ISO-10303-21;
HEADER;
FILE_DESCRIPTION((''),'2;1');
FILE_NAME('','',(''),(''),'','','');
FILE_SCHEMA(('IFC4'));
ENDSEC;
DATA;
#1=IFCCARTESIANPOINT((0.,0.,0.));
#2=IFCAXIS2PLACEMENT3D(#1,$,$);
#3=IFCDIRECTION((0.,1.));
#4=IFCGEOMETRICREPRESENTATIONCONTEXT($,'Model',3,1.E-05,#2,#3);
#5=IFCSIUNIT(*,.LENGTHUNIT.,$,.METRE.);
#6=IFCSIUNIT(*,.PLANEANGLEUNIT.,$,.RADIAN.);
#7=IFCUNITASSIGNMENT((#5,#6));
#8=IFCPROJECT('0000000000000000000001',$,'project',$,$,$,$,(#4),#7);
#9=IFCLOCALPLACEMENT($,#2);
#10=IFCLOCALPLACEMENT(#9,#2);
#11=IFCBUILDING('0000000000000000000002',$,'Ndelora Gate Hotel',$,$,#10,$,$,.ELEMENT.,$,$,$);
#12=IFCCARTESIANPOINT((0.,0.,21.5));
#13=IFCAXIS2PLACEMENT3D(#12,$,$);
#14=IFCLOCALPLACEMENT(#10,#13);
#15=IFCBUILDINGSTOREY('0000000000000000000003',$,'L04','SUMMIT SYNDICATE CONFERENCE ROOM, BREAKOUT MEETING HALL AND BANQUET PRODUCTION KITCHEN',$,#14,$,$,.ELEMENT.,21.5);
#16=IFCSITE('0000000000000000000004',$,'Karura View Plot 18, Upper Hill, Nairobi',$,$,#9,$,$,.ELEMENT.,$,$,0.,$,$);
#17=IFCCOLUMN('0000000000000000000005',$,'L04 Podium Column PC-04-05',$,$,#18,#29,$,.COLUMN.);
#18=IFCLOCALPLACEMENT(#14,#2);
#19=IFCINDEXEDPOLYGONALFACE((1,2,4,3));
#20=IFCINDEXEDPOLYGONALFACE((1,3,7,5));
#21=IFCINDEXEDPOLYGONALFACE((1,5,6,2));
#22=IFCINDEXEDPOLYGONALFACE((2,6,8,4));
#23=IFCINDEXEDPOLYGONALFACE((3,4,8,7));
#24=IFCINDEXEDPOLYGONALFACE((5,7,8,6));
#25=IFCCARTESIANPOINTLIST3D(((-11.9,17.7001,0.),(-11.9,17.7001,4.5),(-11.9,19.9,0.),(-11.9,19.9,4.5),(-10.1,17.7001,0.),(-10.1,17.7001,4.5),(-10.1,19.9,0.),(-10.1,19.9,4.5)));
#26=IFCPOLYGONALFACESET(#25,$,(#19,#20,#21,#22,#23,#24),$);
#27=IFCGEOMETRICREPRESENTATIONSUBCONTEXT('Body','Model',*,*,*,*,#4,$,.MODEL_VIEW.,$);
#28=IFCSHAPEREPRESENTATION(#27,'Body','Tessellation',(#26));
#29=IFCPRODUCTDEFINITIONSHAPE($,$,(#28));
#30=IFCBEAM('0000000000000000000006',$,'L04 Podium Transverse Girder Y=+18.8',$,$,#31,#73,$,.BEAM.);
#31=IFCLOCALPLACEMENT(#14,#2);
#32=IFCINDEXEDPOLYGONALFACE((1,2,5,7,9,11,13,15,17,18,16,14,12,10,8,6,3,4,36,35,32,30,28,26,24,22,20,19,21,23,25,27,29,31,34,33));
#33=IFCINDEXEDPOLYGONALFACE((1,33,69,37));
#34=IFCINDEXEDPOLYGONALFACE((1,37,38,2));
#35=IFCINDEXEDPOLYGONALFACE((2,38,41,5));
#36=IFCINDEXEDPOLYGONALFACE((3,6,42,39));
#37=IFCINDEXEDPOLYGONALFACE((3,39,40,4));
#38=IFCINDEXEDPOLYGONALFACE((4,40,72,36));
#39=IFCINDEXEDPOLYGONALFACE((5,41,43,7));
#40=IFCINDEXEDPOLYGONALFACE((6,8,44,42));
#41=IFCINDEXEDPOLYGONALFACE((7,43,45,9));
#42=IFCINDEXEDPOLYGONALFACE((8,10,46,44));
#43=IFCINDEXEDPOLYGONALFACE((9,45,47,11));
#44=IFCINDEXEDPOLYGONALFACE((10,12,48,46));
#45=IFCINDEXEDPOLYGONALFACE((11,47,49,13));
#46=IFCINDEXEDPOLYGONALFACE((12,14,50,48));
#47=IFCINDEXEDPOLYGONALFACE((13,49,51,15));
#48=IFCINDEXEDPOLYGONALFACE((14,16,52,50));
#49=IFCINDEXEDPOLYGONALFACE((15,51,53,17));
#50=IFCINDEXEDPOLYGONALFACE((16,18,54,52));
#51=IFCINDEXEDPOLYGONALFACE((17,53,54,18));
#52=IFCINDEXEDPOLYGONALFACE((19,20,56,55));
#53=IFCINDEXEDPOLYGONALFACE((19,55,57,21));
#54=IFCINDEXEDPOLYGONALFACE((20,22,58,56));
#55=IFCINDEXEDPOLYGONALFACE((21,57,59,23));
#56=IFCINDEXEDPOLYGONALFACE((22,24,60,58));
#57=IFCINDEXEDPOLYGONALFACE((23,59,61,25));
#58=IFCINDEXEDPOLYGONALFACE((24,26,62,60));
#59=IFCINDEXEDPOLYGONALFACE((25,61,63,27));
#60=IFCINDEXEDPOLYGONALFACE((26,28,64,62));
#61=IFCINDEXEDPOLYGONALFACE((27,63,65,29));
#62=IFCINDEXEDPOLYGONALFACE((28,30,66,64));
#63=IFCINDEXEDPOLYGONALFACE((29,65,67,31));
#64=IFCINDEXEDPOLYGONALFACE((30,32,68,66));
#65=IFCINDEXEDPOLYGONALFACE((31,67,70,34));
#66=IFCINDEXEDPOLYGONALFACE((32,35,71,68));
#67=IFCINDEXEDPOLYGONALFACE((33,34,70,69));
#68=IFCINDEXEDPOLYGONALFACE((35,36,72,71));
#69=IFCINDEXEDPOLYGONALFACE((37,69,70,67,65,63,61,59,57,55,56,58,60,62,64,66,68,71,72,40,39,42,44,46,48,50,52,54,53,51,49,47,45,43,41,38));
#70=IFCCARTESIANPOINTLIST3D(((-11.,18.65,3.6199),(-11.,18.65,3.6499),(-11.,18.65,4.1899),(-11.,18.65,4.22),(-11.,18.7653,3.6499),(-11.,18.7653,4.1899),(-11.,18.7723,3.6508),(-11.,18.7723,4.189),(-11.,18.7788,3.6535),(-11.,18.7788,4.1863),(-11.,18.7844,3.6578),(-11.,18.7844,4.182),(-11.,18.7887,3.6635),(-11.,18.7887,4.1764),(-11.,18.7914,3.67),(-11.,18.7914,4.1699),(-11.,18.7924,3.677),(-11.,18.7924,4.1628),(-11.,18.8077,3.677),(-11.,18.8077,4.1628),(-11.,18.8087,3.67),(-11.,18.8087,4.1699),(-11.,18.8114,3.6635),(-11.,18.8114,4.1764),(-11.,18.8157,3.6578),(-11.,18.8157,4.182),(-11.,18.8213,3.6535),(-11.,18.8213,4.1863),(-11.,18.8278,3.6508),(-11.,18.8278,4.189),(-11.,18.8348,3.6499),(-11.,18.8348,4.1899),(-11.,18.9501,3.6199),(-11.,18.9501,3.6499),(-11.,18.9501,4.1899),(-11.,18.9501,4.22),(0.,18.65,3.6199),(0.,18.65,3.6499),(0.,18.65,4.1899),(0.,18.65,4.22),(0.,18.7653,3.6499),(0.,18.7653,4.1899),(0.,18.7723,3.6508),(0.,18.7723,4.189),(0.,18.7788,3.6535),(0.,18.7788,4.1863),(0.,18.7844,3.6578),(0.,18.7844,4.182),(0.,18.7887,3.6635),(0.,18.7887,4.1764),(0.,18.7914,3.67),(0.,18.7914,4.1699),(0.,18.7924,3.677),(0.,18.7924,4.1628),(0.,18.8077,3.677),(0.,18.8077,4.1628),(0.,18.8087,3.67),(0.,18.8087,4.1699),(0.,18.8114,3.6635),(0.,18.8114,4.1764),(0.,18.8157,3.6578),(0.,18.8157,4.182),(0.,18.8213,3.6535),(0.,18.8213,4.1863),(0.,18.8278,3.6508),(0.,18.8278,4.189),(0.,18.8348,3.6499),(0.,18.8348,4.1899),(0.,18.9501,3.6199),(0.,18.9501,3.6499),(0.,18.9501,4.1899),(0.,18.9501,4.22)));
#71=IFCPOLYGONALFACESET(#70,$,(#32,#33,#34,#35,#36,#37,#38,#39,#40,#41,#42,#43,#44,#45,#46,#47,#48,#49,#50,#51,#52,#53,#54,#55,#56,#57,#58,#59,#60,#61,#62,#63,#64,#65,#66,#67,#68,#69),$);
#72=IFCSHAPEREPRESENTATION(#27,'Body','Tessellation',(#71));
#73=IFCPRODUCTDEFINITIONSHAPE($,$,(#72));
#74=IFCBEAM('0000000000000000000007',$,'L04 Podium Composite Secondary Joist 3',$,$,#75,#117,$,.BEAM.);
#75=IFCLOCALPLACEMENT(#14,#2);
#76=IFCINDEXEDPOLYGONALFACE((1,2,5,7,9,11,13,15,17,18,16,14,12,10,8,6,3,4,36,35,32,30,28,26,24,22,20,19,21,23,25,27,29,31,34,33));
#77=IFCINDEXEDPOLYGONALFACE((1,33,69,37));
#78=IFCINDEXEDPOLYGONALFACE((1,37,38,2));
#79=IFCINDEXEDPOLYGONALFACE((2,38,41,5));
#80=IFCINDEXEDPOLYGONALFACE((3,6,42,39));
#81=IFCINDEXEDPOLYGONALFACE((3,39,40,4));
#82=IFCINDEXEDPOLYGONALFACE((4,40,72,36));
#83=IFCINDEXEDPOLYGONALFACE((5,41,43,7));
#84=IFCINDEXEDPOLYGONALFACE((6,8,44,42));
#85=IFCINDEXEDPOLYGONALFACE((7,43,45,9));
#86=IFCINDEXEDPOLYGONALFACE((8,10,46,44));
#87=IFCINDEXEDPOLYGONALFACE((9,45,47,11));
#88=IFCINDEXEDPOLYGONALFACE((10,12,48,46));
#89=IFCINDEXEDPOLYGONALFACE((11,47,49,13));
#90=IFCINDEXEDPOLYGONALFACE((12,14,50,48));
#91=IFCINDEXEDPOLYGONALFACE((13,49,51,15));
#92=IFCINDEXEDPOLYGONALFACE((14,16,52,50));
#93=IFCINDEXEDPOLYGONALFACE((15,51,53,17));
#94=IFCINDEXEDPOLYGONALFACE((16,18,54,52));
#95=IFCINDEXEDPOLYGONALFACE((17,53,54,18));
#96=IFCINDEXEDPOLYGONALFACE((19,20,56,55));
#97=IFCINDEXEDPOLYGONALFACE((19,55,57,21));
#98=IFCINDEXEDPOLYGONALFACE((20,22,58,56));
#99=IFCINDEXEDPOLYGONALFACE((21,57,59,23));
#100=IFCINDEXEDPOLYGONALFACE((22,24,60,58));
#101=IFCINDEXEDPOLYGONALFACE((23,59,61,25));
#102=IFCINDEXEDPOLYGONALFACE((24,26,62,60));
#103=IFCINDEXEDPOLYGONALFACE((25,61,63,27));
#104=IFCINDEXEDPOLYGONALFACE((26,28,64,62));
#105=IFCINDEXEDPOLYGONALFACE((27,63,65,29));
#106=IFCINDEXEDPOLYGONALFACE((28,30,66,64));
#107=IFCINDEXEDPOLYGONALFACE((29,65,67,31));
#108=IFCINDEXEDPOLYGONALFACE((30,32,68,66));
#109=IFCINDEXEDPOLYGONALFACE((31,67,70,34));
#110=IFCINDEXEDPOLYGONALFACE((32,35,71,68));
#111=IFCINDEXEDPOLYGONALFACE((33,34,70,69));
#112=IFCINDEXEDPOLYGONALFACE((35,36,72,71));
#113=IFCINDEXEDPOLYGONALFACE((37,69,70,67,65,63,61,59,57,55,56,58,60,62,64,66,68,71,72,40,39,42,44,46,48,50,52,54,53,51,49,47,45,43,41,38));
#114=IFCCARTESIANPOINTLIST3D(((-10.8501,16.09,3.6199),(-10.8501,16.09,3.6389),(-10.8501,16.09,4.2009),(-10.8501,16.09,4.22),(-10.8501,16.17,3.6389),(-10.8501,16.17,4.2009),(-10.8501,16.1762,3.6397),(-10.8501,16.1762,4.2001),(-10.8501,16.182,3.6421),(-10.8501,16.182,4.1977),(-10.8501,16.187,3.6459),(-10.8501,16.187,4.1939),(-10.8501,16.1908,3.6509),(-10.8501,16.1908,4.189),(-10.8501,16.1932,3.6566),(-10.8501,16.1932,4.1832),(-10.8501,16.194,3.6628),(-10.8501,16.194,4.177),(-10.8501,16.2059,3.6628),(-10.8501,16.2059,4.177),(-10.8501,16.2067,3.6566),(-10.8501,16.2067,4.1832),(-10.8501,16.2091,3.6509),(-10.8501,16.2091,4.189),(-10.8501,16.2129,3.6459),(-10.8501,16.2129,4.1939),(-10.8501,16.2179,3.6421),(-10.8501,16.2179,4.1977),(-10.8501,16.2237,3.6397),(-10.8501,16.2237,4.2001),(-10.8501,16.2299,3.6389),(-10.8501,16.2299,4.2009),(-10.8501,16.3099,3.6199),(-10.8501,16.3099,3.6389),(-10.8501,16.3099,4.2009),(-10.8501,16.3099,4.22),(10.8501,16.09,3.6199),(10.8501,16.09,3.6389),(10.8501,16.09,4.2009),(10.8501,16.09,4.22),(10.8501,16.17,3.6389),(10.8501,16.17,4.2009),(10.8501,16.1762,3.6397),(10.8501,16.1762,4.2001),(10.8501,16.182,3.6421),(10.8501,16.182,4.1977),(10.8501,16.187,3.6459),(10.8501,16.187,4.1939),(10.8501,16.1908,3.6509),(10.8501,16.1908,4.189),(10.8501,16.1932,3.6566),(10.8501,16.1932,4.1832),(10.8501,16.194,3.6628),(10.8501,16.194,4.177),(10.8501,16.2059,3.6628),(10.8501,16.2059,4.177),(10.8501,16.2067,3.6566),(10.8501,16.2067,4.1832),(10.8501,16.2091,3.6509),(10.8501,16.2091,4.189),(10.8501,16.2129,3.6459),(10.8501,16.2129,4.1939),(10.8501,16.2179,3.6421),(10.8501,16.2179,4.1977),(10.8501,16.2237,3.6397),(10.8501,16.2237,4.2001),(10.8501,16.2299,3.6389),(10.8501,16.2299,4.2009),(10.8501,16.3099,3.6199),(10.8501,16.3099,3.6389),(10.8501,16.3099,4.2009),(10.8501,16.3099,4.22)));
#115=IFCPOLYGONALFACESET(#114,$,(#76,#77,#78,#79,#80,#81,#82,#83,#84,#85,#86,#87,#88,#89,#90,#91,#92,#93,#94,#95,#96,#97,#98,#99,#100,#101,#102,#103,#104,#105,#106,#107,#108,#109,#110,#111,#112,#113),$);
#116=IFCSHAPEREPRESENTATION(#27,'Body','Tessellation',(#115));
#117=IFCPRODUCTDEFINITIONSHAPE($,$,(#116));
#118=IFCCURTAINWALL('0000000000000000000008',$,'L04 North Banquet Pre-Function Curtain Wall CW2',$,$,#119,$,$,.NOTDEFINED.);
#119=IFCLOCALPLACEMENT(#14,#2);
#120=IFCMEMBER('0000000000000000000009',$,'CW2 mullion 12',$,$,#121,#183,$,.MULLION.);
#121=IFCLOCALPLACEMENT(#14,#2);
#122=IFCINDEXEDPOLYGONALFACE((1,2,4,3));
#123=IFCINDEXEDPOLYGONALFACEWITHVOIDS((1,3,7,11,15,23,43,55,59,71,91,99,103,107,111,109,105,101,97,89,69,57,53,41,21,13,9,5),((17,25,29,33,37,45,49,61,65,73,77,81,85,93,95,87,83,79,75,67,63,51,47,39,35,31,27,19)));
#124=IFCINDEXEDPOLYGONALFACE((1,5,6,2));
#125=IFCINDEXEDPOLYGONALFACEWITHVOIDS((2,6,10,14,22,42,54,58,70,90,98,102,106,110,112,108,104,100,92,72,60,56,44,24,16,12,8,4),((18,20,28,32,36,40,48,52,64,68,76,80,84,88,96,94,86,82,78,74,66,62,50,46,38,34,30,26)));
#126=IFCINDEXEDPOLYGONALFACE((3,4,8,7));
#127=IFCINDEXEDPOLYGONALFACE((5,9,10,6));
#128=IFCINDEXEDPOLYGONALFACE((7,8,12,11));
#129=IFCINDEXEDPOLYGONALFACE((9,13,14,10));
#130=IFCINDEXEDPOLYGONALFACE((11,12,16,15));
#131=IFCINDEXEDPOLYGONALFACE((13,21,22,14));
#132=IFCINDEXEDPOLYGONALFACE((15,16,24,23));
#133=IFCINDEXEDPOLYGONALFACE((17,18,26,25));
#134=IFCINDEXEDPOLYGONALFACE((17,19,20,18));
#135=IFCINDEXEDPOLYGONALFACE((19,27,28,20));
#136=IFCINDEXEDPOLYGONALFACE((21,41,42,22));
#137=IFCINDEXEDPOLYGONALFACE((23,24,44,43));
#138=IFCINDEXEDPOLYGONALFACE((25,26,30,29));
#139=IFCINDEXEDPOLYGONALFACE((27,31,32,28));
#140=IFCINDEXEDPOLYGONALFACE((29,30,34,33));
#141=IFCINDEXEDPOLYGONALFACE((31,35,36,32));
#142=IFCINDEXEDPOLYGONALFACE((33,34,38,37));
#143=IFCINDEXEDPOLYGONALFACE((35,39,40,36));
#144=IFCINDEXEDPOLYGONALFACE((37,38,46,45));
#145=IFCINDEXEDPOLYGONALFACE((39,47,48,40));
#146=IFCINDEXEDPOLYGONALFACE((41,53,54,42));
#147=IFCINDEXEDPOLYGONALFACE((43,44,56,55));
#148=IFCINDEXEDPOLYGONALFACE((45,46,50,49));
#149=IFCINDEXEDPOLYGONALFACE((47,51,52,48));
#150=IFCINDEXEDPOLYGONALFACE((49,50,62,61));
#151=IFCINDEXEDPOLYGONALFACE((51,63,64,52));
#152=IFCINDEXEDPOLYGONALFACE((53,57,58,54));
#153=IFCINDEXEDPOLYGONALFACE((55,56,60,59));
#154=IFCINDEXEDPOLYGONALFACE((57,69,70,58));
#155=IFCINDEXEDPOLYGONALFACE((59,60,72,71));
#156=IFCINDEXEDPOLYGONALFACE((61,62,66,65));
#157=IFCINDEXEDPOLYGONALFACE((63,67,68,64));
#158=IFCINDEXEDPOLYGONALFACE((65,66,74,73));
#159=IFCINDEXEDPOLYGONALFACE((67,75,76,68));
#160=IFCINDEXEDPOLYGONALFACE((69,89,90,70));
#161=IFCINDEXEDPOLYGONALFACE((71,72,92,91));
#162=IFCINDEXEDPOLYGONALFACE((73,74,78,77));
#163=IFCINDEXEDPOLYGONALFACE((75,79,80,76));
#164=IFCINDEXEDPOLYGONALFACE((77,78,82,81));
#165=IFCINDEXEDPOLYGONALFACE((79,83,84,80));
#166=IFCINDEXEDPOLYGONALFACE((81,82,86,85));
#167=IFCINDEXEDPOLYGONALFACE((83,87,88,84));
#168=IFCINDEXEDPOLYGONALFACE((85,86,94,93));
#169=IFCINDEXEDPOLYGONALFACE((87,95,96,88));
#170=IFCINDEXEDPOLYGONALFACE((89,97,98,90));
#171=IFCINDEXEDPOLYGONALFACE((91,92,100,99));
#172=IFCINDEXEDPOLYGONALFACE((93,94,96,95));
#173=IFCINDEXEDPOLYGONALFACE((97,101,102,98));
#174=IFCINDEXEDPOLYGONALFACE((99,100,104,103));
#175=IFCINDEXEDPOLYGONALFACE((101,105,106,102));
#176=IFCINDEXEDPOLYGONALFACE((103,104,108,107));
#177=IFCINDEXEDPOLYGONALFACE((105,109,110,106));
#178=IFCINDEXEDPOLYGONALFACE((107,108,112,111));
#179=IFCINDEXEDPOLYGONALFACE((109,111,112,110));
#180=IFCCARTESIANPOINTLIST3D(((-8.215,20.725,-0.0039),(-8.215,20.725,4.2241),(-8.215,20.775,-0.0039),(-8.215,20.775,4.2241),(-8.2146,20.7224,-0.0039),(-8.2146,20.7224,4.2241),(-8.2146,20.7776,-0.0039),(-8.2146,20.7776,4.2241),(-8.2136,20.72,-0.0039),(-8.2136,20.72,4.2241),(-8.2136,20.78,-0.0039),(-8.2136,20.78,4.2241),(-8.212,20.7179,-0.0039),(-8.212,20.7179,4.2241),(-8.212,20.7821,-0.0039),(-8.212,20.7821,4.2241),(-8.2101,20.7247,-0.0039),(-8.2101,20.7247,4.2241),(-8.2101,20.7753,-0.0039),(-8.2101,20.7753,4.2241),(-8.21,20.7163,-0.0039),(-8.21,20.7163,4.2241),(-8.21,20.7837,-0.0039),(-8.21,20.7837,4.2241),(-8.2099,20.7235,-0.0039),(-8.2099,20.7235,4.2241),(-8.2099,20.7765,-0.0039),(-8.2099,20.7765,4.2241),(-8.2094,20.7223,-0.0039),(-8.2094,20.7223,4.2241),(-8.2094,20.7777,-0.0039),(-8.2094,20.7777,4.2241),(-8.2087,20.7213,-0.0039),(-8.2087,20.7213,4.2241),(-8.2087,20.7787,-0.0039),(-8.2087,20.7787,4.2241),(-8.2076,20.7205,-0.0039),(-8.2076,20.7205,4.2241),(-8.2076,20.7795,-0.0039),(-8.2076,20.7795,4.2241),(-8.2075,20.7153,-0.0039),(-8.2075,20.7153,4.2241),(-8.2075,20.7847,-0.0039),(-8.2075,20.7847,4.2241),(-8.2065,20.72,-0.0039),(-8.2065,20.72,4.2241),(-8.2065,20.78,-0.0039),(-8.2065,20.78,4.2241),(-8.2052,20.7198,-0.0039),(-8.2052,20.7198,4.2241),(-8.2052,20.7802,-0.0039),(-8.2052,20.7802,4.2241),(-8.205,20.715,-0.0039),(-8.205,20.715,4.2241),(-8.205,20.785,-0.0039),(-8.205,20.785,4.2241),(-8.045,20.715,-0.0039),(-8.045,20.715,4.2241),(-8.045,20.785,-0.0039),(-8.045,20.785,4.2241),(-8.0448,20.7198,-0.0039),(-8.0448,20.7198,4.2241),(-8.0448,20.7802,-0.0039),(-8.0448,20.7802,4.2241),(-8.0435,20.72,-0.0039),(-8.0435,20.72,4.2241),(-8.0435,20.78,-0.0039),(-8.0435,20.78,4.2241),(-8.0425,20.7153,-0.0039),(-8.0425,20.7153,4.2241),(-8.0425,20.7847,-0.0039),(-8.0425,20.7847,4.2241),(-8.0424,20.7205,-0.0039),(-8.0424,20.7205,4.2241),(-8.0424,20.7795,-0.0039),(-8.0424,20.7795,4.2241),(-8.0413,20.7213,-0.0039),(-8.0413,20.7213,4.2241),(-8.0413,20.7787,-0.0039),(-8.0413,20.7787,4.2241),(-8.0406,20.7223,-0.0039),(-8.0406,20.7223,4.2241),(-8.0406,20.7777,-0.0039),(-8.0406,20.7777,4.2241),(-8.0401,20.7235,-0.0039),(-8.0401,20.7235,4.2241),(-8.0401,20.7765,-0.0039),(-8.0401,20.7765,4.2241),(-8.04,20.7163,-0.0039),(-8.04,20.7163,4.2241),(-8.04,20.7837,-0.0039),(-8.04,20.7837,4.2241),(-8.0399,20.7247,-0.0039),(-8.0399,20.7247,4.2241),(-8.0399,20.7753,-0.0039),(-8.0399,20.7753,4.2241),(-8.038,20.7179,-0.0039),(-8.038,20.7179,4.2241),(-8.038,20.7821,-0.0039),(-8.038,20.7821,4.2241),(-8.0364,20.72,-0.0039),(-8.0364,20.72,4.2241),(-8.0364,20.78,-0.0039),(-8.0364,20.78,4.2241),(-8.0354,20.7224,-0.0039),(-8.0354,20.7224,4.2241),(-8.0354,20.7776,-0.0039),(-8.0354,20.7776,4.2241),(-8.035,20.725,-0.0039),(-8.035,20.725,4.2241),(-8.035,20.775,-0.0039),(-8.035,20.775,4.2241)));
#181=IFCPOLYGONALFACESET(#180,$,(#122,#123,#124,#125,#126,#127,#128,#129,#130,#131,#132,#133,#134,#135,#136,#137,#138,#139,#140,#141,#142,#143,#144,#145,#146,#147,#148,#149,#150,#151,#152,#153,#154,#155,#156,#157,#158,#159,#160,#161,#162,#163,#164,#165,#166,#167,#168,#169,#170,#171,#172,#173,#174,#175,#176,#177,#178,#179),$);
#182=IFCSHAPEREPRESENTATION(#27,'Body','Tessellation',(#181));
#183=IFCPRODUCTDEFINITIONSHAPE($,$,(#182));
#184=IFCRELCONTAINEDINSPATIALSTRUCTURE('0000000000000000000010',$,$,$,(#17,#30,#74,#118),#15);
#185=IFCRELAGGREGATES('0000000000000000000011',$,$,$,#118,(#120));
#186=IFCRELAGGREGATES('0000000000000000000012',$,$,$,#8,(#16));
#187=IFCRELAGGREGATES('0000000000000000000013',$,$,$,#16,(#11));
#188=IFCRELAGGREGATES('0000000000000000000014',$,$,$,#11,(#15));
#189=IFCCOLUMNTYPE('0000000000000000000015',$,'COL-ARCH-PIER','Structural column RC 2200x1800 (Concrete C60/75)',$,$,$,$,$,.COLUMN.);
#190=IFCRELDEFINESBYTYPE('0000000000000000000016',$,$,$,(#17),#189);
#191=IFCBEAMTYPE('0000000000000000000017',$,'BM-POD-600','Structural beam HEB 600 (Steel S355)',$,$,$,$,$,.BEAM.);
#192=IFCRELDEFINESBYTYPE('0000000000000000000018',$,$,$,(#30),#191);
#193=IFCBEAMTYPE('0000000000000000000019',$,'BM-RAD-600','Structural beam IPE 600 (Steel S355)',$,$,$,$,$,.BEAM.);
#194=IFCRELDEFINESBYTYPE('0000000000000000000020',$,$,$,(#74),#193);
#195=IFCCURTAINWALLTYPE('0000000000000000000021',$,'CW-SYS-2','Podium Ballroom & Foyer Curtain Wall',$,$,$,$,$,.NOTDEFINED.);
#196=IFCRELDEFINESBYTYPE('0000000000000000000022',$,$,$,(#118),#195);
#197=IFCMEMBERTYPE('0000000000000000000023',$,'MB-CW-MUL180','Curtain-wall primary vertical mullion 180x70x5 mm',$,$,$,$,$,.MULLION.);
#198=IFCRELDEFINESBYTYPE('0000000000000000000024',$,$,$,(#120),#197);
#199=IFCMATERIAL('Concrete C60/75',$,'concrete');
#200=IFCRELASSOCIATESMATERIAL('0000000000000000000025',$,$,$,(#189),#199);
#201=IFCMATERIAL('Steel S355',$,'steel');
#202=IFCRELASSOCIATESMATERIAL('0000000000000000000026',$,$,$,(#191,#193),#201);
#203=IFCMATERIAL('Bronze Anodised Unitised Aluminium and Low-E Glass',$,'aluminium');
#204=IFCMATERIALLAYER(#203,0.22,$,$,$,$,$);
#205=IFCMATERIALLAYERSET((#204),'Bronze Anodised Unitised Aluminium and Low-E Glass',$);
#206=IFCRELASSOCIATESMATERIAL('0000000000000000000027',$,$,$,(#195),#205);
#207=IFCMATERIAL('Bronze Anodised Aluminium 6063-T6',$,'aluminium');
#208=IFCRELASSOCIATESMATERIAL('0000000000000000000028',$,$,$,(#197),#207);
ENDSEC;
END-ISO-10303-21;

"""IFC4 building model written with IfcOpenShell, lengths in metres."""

from ifc_helpers import new_model, si_unit, direction, frame, origin, origin_2d, place, context, subcontext, project, spatial, rectangle, hollow_rectangle, i_section, extrude, material, layer, layer_set, material_profile, profile_set, type_object, element, aggregate, save


model = new_model("IFC4")

# Units and contexts
model_context = context("Model", 3, precision=1e-05, world=origin(), true_north=direction((0.0, 1.0)))
body_context = subcontext(model_context, "Body", "Model", "MODEL_VIEW")
ifc_project = project(units=[si_unit("LENGTHUNIT", "METRE"), si_unit("PLANEANGLEUNIT", "RADIAN")], contexts=[model_context])

# Site, building, storey
site_placement = place(None, origin())
site = spatial("IfcSite", under=ifc_project, at=site_placement, Name="Karura View Plot 18, Upper Hill, Nairobi", CompositionType="ELEMENT", RefElevation=0.0)
building_placement = place(site_placement, origin())
building = spatial("IfcBuilding", under=site, at=building_placement, Name="Ndelora Gate Hotel", CompositionType="ELEMENT")
storey_placement = place(building_placement, frame((0.0, 0.0, 21.5)))
storey = spatial("IfcBuildingStorey", under=building, at=storey_placement, Name="L04", Description="SUMMIT SYNDICATE CONFERENCE ROOM, BREAKOUT MEETING HALL AND BANQUET PRODUCTION KITCHEN", CompositionType="ELEMENT", Elevation=21.5)

# Column
ifc_material_1 = material(Name="Concrete C60/75", Category="concrete")
ifc_material_profile_1 = material_profile(ifc_material_1, rectangle(XDim=1.8, YDim=2.2, at=origin_2d()), Name="RC 2200x1800")
ifc_profile_set_1 = profile_set([ifc_material_profile_1], Name="Concrete C60/75")
column_type = type_object("IfcColumnType", Name="COL-ARCH-PIER", Description="Structural column RC 2200x1800 (Concrete C60/75)", PredefinedType="COLUMN", material=ifc_profile_set_1)
column_placement = place(storey_placement, frame((-11.0, 18.8, 0.0), z_axis=(0.0, 0.0, 1.0), x_axis=(1.0, 0.0, 0.0)))
element("IfcColumn", 1, at=column_placement, inside=storey, type_object=column_type, Name="L04 Podium Column PC-04-05", PredefinedType="COLUMN", context=body_context, shape_type="SweptSolid", body=[
    extrude(rectangle(XDim=1.8, YDim=2.2, at=origin_2d()), origin(), (0.0, 0.0, 1.0), 4.5),
])

# Beams
ifc_material_2 = material(Name="Steel S355", Category="steel")
ifc_material_profile_2 = material_profile(ifc_material_2, i_section(OverallWidth=0.3, OverallDepth=0.6001, WebThickness=0.0154, FlangeThickness=0.03, FilletRadius=0.0271, at=origin_2d()), Name="HEB 600")
ifc_profile_set_2 = profile_set([ifc_material_profile_2], Name="Steel S355")
beam_type_1 = type_object("IfcBeamType", Name="BM-POD-600", Description="Structural beam HEB 600 (Steel S355)", PredefinedType="BEAM", material=ifc_profile_set_2)
beam_1_placement = place(storey_placement, frame((-11.0, 18.8, 3.9199), z_axis=(1.0, 0.0, 0.0), x_axis=(0.0, 1.0, 0.0)))
element("IfcBeam", 2, at=beam_1_placement, inside=storey, type_object=beam_type_1, Name="L04 Podium Transverse Girder Y=+18.8", PredefinedType="BEAM", context=body_context, shape_type="SweptSolid", body=[
    extrude(i_section(OverallWidth=0.3, OverallDepth=0.6001, WebThickness=0.0154, FlangeThickness=0.03, FilletRadius=0.0271, at=origin_2d()), origin(), (0.0, 0.0, 1.0), 11.0),
])
ifc_material_profile_3 = material_profile(ifc_material_2, i_section(OverallWidth=0.22, OverallDepth=0.6001, WebThickness=0.012, FlangeThickness=0.019, FilletRadius=0.0239, at=origin_2d()), Name="IPE 600")
ifc_profile_set_3 = profile_set([ifc_material_profile_3], Name="Steel S355")
beam_type_2 = type_object("IfcBeamType", Name="BM-RAD-600", Description="Structural beam IPE 600 (Steel S355)", PredefinedType="BEAM", material=ifc_profile_set_3)
beam_2_placement = place(storey_placement, frame((-10.8501, 16.2, 3.9199), z_axis=(1.0, 0.0, 0.0), x_axis=(0.0, 1.0, 0.0)))
element("IfcBeam", 3, at=beam_2_placement, inside=storey, type_object=beam_type_2, Name="L04 Podium Composite Secondary Joist 3", PredefinedType="BEAM", context=body_context, shape_type="SweptSolid", body=[
    extrude(i_section(OverallWidth=0.22, OverallDepth=0.6001, WebThickness=0.012, FlangeThickness=0.019, FilletRadius=0.0239, at=origin_2d()), origin(), (0.0, 0.0, 1.0), 21.7002),
])

# Curtain wall, member
ifc_material_3 = material(Name="Bronze Anodised Unitised Aluminium and Low-E Glass", Category="aluminium")
ifc_layer_1 = layer(ifc_material_3, 0.22)
ifc_layer_set_1 = layer_set([ifc_layer_1], Name="Bronze Anodised Unitised Aluminium and Low-E Glass")
curtain_wall_type = type_object("IfcCurtainWallType", Name="CW-SYS-2", Description="Podium Ballroom & Foyer Curtain Wall", PredefinedType="NOTDEFINED", material=ifc_layer_set_1)
curtain_wall_placement = place(storey_placement, origin())
curtain_wall = element("IfcCurtainWall", 4, at=curtain_wall_placement, inside=storey, type_object=curtain_wall_type, Name="L04 North Banquet Pre-Function Curtain Wall CW2", PredefinedType="NOTDEFINED")
ifc_material_4 = material(Name="Bronze Anodised Aluminium 6063-T6", Category="aluminium")
ifc_material_profile_4 = material_profile(ifc_material_4, hollow_rectangle(XDim=0.0701, YDim=0.1799, WallThickness=0.0049, InnerFilletRadius=0.0049, OuterFilletRadius=0.01, at=origin_2d()), Name="ALU 180x70x5")
ifc_profile_set_4 = profile_set([ifc_material_profile_4], Name="Bronze Anodised Aluminium 6063-T6")
member_type_1 = type_object("IfcMemberType", Name="MB-CW-MUL180", Description="Curtain-wall primary vertical mullion 180x70x5 mm", PredefinedType="MULLION", material=ifc_profile_set_4)
member_1_placement = place(storey_placement, frame((-8.125, 20.75, -0.0039), z_axis=(0.0, 0.0, 1.0), x_axis=(0.0, -1.0, 0.0)))
member_1 = element("IfcMember", 5, at=member_1_placement, type_object=member_type_1, Name="CW2 mullion 12", PredefinedType="MULLION", context=body_context, shape_type="SweptSolid", body=[
    extrude(hollow_rectangle(XDim=0.0701, YDim=0.1799, WallThickness=0.0049, InnerFilletRadius=0.0049, OuterFilletRadius=0.01, at=origin_2d()), origin(), (0.0, 0.0, 1.0), 4.228),
])
aggregate(curtain_wall, [member_1])

save(model, "model.ifc")
